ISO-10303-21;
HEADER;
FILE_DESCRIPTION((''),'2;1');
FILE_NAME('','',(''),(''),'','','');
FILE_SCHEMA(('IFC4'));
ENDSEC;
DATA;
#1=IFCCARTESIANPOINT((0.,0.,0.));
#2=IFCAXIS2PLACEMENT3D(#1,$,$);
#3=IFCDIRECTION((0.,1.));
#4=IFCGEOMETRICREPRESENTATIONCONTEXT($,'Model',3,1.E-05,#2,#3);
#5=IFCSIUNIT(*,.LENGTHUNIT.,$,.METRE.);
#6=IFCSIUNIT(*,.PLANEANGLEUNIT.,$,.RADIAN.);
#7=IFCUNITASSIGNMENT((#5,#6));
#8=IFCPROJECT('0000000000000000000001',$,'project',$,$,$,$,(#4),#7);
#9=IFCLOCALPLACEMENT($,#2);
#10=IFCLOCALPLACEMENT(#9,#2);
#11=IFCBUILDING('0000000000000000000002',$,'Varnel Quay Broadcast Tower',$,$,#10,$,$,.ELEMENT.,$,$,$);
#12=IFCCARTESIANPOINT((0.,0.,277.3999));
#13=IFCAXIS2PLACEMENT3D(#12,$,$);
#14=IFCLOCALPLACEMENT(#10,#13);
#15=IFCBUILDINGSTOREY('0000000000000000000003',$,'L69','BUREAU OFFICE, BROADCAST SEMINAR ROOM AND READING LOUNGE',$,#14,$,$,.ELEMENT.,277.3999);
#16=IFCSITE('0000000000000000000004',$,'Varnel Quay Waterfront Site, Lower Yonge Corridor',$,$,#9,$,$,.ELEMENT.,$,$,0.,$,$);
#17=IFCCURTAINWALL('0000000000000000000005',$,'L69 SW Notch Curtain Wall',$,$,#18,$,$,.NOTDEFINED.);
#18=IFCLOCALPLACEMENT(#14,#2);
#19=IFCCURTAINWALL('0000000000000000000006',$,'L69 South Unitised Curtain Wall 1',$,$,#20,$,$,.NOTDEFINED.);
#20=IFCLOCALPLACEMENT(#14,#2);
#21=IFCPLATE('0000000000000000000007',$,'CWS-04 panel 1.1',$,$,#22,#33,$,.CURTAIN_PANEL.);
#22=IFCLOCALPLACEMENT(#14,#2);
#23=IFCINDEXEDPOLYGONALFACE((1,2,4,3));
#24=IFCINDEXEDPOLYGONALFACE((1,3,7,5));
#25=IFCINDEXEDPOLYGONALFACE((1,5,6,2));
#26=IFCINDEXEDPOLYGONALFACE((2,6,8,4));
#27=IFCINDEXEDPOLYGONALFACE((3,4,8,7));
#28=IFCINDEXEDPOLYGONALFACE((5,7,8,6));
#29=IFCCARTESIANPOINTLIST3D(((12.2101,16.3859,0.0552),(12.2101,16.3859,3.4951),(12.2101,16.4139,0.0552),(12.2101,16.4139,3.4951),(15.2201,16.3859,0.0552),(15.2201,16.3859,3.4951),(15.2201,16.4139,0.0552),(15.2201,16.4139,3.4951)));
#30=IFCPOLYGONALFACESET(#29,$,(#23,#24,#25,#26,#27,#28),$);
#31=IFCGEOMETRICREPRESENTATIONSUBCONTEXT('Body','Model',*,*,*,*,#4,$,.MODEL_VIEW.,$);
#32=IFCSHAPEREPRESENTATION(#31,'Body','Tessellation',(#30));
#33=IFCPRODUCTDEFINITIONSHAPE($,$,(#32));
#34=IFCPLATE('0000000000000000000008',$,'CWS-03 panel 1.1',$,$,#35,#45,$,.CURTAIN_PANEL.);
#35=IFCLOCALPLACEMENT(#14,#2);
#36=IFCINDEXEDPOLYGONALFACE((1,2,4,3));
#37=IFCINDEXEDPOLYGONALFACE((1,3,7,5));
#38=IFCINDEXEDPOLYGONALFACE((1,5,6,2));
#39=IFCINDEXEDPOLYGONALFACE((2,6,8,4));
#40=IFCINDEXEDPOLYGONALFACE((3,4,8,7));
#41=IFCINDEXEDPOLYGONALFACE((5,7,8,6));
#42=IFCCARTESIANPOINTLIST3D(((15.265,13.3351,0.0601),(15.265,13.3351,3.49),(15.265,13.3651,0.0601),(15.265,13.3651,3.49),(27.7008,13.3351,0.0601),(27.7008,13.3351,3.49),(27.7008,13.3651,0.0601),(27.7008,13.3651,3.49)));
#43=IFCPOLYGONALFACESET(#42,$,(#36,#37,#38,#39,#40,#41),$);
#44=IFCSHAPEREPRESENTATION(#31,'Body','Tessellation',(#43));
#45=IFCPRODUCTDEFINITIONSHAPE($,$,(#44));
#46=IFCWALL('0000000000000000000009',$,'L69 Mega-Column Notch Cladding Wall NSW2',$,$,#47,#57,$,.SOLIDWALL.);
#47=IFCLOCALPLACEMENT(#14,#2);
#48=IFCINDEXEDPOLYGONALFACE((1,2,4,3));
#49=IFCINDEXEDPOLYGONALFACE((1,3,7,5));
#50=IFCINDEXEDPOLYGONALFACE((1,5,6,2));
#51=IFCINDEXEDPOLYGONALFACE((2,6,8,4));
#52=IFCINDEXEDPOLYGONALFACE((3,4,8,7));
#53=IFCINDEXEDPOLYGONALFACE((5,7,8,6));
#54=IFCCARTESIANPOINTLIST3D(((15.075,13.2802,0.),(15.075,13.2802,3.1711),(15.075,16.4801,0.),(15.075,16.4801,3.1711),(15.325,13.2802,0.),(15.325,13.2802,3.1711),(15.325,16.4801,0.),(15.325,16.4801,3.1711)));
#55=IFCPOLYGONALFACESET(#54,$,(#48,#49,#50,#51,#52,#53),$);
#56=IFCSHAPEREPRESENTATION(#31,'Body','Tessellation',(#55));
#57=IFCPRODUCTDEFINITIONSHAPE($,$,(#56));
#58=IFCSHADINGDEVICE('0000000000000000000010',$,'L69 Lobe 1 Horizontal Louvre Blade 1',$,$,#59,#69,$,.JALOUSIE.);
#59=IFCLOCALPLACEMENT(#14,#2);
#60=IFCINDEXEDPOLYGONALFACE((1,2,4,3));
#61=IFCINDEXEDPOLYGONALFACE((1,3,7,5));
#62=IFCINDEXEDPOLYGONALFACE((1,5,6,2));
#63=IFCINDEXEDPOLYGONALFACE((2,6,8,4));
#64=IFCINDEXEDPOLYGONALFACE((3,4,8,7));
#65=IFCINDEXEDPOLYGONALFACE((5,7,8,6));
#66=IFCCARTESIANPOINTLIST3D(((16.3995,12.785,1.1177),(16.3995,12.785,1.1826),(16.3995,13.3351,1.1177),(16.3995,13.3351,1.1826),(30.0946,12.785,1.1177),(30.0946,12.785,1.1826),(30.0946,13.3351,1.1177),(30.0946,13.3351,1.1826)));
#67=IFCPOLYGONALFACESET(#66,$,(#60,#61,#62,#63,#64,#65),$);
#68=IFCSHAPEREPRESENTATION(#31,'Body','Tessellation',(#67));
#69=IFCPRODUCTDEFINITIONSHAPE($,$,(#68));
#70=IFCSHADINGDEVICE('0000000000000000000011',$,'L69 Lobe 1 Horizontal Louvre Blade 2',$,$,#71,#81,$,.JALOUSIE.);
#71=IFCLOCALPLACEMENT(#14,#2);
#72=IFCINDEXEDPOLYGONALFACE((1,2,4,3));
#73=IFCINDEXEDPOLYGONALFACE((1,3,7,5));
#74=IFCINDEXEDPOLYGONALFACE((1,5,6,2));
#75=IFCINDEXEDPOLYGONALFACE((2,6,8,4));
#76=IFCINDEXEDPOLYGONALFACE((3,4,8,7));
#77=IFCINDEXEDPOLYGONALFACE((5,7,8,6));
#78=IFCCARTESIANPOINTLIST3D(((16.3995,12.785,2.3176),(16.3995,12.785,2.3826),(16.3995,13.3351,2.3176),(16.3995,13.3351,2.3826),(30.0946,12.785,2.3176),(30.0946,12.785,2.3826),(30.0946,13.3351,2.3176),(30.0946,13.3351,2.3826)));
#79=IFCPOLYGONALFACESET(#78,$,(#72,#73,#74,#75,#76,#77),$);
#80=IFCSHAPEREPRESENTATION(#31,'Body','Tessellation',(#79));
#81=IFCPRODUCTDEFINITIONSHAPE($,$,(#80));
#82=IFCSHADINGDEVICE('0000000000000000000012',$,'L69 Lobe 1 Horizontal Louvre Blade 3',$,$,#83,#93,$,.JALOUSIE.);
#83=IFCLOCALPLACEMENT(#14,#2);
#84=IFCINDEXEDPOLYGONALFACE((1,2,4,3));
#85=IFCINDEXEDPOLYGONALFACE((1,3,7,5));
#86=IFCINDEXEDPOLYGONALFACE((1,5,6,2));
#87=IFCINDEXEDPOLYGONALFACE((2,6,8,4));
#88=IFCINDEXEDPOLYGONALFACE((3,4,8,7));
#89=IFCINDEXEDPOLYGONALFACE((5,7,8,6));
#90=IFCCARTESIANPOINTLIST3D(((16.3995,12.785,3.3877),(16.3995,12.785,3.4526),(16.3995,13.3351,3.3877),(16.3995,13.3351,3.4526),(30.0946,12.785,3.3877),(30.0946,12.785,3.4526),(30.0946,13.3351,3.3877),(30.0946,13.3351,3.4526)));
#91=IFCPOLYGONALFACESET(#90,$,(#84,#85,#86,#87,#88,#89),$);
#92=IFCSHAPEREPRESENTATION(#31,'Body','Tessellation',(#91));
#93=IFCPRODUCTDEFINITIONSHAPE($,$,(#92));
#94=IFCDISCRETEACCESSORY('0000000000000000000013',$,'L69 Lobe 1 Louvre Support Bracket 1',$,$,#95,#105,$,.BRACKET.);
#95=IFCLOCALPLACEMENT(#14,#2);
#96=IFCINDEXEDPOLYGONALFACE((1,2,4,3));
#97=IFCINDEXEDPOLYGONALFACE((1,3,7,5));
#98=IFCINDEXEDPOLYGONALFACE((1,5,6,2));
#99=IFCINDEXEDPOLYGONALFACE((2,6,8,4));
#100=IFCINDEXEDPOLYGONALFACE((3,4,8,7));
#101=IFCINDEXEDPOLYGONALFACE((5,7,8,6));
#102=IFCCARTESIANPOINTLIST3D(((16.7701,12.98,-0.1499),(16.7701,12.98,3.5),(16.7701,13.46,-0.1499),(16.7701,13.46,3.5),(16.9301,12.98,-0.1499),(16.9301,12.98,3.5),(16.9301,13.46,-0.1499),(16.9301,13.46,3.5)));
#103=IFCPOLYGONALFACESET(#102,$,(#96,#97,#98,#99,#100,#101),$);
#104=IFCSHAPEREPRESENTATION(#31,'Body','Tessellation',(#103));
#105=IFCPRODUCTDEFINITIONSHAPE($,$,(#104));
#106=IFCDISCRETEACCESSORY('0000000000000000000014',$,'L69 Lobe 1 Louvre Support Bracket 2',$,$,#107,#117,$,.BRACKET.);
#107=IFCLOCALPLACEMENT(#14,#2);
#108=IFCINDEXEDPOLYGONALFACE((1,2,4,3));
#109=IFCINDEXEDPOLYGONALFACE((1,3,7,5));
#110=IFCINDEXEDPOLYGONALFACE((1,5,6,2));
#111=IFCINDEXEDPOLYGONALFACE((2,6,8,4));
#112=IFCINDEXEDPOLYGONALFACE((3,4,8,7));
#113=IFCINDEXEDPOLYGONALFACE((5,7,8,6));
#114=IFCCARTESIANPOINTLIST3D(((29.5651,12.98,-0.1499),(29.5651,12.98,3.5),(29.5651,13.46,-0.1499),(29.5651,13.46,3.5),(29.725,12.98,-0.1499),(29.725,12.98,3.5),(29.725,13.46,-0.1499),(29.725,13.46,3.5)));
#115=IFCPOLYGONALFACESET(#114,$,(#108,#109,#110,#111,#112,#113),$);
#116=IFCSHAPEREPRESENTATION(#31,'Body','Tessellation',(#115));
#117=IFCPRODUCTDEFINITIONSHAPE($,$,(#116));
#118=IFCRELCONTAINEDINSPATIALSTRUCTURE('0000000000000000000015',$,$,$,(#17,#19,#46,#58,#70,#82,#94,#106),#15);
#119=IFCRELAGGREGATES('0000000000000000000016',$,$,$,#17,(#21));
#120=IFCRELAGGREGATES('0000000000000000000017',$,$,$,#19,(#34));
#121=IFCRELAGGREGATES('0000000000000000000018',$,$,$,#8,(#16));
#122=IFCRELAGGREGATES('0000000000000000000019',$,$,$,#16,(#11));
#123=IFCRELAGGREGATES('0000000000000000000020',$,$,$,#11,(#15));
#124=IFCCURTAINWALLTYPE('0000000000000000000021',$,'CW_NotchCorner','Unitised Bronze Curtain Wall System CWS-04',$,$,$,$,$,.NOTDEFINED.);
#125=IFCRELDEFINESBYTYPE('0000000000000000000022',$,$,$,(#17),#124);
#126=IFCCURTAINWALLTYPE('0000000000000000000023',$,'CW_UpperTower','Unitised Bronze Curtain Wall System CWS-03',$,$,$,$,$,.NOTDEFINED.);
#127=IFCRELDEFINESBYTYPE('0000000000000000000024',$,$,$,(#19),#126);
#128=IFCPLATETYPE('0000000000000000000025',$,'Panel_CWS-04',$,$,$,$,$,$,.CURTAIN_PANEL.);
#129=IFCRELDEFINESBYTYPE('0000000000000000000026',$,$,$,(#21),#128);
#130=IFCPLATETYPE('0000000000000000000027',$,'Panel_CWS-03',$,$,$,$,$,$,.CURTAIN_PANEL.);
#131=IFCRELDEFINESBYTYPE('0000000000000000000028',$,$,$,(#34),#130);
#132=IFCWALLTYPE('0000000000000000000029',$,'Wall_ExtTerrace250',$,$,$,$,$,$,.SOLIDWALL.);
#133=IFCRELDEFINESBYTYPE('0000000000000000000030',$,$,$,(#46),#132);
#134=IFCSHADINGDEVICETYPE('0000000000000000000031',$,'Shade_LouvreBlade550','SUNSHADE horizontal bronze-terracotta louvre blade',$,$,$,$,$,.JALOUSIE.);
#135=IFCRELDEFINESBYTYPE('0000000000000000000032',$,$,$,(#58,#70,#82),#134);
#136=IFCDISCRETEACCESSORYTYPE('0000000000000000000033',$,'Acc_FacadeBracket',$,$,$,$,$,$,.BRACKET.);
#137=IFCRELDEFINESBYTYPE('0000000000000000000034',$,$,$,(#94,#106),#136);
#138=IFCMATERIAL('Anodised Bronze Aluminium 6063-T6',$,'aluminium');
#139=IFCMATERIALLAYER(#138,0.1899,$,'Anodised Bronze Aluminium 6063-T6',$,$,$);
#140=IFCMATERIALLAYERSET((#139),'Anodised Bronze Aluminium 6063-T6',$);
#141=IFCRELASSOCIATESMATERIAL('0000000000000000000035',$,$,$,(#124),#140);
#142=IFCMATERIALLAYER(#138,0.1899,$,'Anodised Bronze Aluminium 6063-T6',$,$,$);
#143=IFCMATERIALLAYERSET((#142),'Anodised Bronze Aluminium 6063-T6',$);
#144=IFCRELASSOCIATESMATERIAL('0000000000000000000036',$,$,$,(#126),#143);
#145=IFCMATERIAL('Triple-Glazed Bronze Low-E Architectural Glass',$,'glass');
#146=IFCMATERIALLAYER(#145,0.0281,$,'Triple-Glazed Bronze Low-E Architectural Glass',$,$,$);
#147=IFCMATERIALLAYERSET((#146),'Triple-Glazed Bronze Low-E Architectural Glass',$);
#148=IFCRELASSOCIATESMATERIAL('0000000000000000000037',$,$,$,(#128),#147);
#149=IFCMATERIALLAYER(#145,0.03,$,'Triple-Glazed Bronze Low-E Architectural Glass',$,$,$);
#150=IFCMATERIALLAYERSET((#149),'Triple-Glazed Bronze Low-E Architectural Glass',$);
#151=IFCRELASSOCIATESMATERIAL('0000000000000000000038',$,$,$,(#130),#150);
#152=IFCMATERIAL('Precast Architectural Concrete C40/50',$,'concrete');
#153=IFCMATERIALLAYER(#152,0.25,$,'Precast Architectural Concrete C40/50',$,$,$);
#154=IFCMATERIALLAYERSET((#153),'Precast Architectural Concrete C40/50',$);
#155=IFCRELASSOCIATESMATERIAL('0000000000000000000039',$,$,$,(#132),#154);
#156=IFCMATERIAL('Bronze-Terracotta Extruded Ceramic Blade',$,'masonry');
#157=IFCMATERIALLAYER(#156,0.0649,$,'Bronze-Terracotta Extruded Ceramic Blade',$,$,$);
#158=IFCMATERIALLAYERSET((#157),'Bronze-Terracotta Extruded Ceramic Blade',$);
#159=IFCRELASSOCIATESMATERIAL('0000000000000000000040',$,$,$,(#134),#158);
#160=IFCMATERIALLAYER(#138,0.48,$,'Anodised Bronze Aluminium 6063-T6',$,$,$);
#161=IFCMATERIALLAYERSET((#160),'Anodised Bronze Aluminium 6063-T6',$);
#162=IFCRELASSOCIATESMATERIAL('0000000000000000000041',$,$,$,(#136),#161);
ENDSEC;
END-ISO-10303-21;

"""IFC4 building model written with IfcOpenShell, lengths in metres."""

from ifc_helpers import new_model, si_unit, direction, frame, frame_2d, origin, origin_2d, place, context, subcontext, project, spatial, rectangle, extrude, source, transform, mapped, material, layer, layer_set, type_object, type_shapes, element, aggregate, save


model = new_model("IFC4")

# Units and contexts
model_context = context("Model", 3, precision=1e-05, world=origin(), true_north=direction((0.0, 1.0)))
body_context = subcontext(model_context, "Body", "Model", "MODEL_VIEW")
ifc_project = project(units=[si_unit("LENGTHUNIT", "METRE"), si_unit("PLANEANGLEUNIT", "RADIAN")], contexts=[model_context])

# Site, building, storey
site_placement = place(None, origin())
site = spatial("IfcSite", under=ifc_project, at=site_placement, Name="Varnel Quay Waterfront Site, Lower Yonge Corridor", CompositionType="ELEMENT", RefElevation=0.0)
building_placement = place(site_placement, origin())
building = spatial("IfcBuilding", under=site, at=building_placement, Name="Varnel Quay Broadcast Tower", CompositionType="ELEMENT")
storey_placement = place(building_placement, frame((0.0, 0.0, 277.3999)))
storey = spatial("IfcBuildingStorey", under=building, at=storey_placement, Name="L69", Description="BUREAU OFFICE, BROADCAST SEMINAR ROOM AND READING LOUNGE", CompositionType="ELEMENT", Elevation=277.3999)

# Curtain wall
ifc_material_1 = material(Name="Anodised Bronze Aluminium 6063-T6", Category="aluminium")
ifc_layer_1 = layer(ifc_material_1, 0.1899, Name="Anodised Bronze Aluminium 6063-T6")
ifc_layer_set_1 = layer_set([ifc_layer_1], Name="Anodised Bronze Aluminium 6063-T6")
curtain_wall_type_1 = type_object("IfcCurtainWallType", Name="CW_NotchCorner", Description="Unitised Bronze Curtain Wall System CWS-04", PredefinedType="NOTDEFINED", material=ifc_layer_set_1)
curtain_wall_1_placement = place(storey_placement, origin())
curtain_wall_1 = element("IfcCurtainWall", 1, at=curtain_wall_1_placement, inside=storey, type_object=curtain_wall_type_1, Name="L69 SW Notch Curtain Wall", PredefinedType="NOTDEFINED")

# Curtain wall
ifc_layer_2 = layer(ifc_material_1, 0.1899, Name="Anodised Bronze Aluminium 6063-T6")
ifc_layer_set_2 = layer_set([ifc_layer_2], Name="Anodised Bronze Aluminium 6063-T6")
curtain_wall_type_2 = type_object("IfcCurtainWallType", Name="CW_UpperTower", Description="Unitised Bronze Curtain Wall System CWS-03", PredefinedType="NOTDEFINED", material=ifc_layer_set_2)
curtain_wall_2_placement = place(storey_placement, origin())
curtain_wall_2 = element("IfcCurtainWall", 2, at=curtain_wall_2_placement, inside=storey, type_object=curtain_wall_type_2, Name="L69 South Unitised Curtain Wall 1", PredefinedType="NOTDEFINED")

# Plates
ifc_material_2 = material(Name="Triple-Glazed Bronze Low-E Architectural Glass", Category="glass")
ifc_layer_3 = layer(ifc_material_2, 0.0281, Name="Triple-Glazed Bronze Low-E Architectural Glass")
ifc_layer_set_3 = layer_set([ifc_layer_3], Name="Triple-Glazed Bronze Low-E Architectural Glass")
plate_type_1 = type_object("IfcPlateType", Name="Panel_CWS-04", PredefinedType="CURTAIN_PANEL", material=ifc_layer_set_3)
shared_shape_1 = source(origin(), body_context, "Body", "SweptSolid", [
    extrude(rectangle(XDim=3.01, YDim=0.0281, at=origin_2d()), origin(), (0.0, 0.0, 1.0), 3.4399),
])
type_shapes(plate_type_1, [shared_shape_1])
plate_1_placement = place(storey_placement, frame((13.7151, 16.3999, 0.0552), z_axis=(0.0, 0.0, 1.0), x_axis=(1.0, 0.0, 0.0)))
plate_1 = element("IfcPlate", 3, at=plate_1_placement, type_object=plate_type_1, Name="CWS-04 panel 1.1", PredefinedType="CURTAIN_PANEL", context=body_context, shape_type="MappedRepresentation", body=[
    mapped(shared_shape_1, transform((0.0, 0.0, 0.0), x_axis=(1.0, 0.0, 0.0), y_axis=(0.0, 1.0, 0.0), z_axis=(0.0, 0.0, 1.0), scale=1.0)),
])
aggregate(curtain_wall_1, [plate_1])
ifc_layer_4 = layer(ifc_material_2, 0.03, Name="Triple-Glazed Bronze Low-E Architectural Glass")
ifc_layer_set_4 = layer_set([ifc_layer_4], Name="Triple-Glazed Bronze Low-E Architectural Glass")
plate_type_2 = type_object("IfcPlateType", Name="Panel_CWS-03", PredefinedType="CURTAIN_PANEL", material=ifc_layer_set_4)
shared_shape_2 = source(origin(), body_context, "Body", "SweptSolid", [
    extrude(rectangle(XDim=12.4358, YDim=0.03, at=origin_2d()), origin(), (0.0, 0.0, 1.0), 3.4299),
])
type_shapes(plate_type_2, [shared_shape_2])
plate_2_placement = place(storey_placement, frame((21.4829, 13.3501, 0.0601), z_axis=(0.0, 0.0, 1.0), x_axis=(1.0, 0.0, 0.0)))
plate_2 = element("IfcPlate", 4, at=plate_2_placement, type_object=plate_type_2, Name="CWS-03 panel 1.1", PredefinedType="CURTAIN_PANEL", context=body_context, shape_type="MappedRepresentation", body=[
    mapped(shared_shape_2, transform((0.0, 0.0, 0.0), x_axis=(1.0, 0.0, 0.0), y_axis=(0.0, 1.0, 0.0), z_axis=(0.0, 0.0, 1.0), scale=1.0)),
])
aggregate(curtain_wall_2, [plate_2])

# Wall
ifc_material_3 = material(Name="Precast Architectural Concrete C40/50", Category="concrete")
ifc_layer_5 = layer(ifc_material_3, 0.25, Name="Precast Architectural Concrete C40/50")
ifc_layer_set_5 = layer_set([ifc_layer_5], Name="Precast Architectural Concrete C40/50")
wall_type = type_object("IfcWallType", Name="Wall_ExtTerrace250", PredefinedType="SOLIDWALL", material=ifc_layer_set_5)
wall_placement = place(storey_placement, frame((15.2, 13.28, 0.0), z_axis=(0.0, 0.0, 1.0), x_axis=(0.0, 1.0, 0.0)))
element("IfcWall", 5, at=wall_placement, inside=storey, type_object=wall_type, Name="L69 Mega-Column Notch Cladding Wall NSW2", PredefinedType="SOLIDWALL", context=body_context, shape_type="SweptSolid", body=[
    extrude(rectangle(XDim=3.2, YDim=0.25, at=frame_2d((1.6001, 0.0))), origin(), (0.0, 0.0, 1.0), 3.1711),
])

# Shading devices
ifc_material_4 = material(Name="Bronze-Terracotta Extruded Ceramic Blade", Category="masonry")
ifc_layer_6 = layer(ifc_material_4, 0.0649, Name="Bronze-Terracotta Extruded Ceramic Blade")
ifc_layer_set_6 = layer_set([ifc_layer_6], Name="Bronze-Terracotta Extruded Ceramic Blade")
shading_device_type = type_object("IfcShadingDeviceType", Name="Shade_LouvreBlade550", Description="SUNSHADE horizontal bronze-terracotta louvre blade", PredefinedType="JALOUSIE", material=ifc_layer_set_6)
shared_shape_3 = source(origin(), body_context, "Body", "SweptSolid", [
    extrude(rectangle(XDim=13.6951, YDim=0.55, at=origin_2d()), origin(), (0.0, 0.0, 1.0), 0.0649),
])
type_shapes(shading_device_type, [shared_shape_3])
for number, where, z_axis, x_axis, name in (
    (6, (23.2471, 13.0601, 1.1177), (0.0, 0.0, 1.0), (1.0, 0.0, 0.0), "L69 Lobe 1 Horizontal Louvre Blade 1"),
    (7, (23.2471, 13.0601, 2.3176), (0.0, 0.0, 1.0), (1.0, 0.0, 0.0), "L69 Lobe 1 Horizontal Louvre Blade 2"),
    (8, (23.2471, 13.0601, 3.3877), (0.0, 0.0, 1.0), (1.0, 0.0, 0.0), "L69 Lobe 1 Horizontal Louvre Blade 3"),
):
    element("IfcShadingDevice", number, at=place(storey_placement, frame(where, z_axis=z_axis, x_axis=x_axis)), inside=storey, type_object=shading_device_type, Name=name, PredefinedType="JALOUSIE", context=body_context, shape_type="MappedRepresentation", body=[
        mapped(shared_shape_3, transform((0.0, 0.0, 0.0), x_axis=(1.0, 0.0, 0.0), y_axis=(0.0, 1.0, 0.0), z_axis=(0.0, 0.0, 1.0), scale=1.0)),
    ])

# Discrete accessories
ifc_layer_7 = layer(ifc_material_1, 0.48, Name="Anodised Bronze Aluminium 6063-T6")
ifc_layer_set_7 = layer_set([ifc_layer_7], Name="Anodised Bronze Aluminium 6063-T6")
discrete_accessory_type = type_object("IfcDiscreteAccessoryType", Name="Acc_FacadeBracket", PredefinedType="BRACKET", material=ifc_layer_set_7)
shared_shape_4 = source(origin(), body_context, "Body", "SweptSolid", [
    extrude(rectangle(XDim=0.1599, YDim=0.48, at=origin_2d()), origin(), (0.0, 0.0, 1.0), 3.6499),
])
type_shapes(discrete_accessory_type, [shared_shape_4])
for number, where, z_axis, x_axis, name in (
    (9, (16.8501, 13.22, -0.1499), (0.0, 0.0, 1.0), (1.0, 0.0, 0.0), "L69 Lobe 1 Louvre Support Bracket 1"),
    (10, (29.645, 13.22, -0.1499), (0.0, 0.0, 1.0), (1.0, 0.0, 0.0), "L69 Lobe 1 Louvre Support Bracket 2"),
):
    element("IfcDiscreteAccessory", number, at=place(storey_placement, frame(where, z_axis=z_axis, x_axis=x_axis)), inside=storey, type_object=discrete_accessory_type, Name=name, PredefinedType="BRACKET", context=body_context, shape_type="MappedRepresentation", body=[
        mapped(shared_shape_4, transform((0.0, 0.0, 0.0), x_axis=(1.0, 0.0, 0.0), y_axis=(0.0, 1.0, 0.0), z_axis=(0.0, 0.0, 1.0), scale=1.0)),
    ])

save(model, "model.ifc")
